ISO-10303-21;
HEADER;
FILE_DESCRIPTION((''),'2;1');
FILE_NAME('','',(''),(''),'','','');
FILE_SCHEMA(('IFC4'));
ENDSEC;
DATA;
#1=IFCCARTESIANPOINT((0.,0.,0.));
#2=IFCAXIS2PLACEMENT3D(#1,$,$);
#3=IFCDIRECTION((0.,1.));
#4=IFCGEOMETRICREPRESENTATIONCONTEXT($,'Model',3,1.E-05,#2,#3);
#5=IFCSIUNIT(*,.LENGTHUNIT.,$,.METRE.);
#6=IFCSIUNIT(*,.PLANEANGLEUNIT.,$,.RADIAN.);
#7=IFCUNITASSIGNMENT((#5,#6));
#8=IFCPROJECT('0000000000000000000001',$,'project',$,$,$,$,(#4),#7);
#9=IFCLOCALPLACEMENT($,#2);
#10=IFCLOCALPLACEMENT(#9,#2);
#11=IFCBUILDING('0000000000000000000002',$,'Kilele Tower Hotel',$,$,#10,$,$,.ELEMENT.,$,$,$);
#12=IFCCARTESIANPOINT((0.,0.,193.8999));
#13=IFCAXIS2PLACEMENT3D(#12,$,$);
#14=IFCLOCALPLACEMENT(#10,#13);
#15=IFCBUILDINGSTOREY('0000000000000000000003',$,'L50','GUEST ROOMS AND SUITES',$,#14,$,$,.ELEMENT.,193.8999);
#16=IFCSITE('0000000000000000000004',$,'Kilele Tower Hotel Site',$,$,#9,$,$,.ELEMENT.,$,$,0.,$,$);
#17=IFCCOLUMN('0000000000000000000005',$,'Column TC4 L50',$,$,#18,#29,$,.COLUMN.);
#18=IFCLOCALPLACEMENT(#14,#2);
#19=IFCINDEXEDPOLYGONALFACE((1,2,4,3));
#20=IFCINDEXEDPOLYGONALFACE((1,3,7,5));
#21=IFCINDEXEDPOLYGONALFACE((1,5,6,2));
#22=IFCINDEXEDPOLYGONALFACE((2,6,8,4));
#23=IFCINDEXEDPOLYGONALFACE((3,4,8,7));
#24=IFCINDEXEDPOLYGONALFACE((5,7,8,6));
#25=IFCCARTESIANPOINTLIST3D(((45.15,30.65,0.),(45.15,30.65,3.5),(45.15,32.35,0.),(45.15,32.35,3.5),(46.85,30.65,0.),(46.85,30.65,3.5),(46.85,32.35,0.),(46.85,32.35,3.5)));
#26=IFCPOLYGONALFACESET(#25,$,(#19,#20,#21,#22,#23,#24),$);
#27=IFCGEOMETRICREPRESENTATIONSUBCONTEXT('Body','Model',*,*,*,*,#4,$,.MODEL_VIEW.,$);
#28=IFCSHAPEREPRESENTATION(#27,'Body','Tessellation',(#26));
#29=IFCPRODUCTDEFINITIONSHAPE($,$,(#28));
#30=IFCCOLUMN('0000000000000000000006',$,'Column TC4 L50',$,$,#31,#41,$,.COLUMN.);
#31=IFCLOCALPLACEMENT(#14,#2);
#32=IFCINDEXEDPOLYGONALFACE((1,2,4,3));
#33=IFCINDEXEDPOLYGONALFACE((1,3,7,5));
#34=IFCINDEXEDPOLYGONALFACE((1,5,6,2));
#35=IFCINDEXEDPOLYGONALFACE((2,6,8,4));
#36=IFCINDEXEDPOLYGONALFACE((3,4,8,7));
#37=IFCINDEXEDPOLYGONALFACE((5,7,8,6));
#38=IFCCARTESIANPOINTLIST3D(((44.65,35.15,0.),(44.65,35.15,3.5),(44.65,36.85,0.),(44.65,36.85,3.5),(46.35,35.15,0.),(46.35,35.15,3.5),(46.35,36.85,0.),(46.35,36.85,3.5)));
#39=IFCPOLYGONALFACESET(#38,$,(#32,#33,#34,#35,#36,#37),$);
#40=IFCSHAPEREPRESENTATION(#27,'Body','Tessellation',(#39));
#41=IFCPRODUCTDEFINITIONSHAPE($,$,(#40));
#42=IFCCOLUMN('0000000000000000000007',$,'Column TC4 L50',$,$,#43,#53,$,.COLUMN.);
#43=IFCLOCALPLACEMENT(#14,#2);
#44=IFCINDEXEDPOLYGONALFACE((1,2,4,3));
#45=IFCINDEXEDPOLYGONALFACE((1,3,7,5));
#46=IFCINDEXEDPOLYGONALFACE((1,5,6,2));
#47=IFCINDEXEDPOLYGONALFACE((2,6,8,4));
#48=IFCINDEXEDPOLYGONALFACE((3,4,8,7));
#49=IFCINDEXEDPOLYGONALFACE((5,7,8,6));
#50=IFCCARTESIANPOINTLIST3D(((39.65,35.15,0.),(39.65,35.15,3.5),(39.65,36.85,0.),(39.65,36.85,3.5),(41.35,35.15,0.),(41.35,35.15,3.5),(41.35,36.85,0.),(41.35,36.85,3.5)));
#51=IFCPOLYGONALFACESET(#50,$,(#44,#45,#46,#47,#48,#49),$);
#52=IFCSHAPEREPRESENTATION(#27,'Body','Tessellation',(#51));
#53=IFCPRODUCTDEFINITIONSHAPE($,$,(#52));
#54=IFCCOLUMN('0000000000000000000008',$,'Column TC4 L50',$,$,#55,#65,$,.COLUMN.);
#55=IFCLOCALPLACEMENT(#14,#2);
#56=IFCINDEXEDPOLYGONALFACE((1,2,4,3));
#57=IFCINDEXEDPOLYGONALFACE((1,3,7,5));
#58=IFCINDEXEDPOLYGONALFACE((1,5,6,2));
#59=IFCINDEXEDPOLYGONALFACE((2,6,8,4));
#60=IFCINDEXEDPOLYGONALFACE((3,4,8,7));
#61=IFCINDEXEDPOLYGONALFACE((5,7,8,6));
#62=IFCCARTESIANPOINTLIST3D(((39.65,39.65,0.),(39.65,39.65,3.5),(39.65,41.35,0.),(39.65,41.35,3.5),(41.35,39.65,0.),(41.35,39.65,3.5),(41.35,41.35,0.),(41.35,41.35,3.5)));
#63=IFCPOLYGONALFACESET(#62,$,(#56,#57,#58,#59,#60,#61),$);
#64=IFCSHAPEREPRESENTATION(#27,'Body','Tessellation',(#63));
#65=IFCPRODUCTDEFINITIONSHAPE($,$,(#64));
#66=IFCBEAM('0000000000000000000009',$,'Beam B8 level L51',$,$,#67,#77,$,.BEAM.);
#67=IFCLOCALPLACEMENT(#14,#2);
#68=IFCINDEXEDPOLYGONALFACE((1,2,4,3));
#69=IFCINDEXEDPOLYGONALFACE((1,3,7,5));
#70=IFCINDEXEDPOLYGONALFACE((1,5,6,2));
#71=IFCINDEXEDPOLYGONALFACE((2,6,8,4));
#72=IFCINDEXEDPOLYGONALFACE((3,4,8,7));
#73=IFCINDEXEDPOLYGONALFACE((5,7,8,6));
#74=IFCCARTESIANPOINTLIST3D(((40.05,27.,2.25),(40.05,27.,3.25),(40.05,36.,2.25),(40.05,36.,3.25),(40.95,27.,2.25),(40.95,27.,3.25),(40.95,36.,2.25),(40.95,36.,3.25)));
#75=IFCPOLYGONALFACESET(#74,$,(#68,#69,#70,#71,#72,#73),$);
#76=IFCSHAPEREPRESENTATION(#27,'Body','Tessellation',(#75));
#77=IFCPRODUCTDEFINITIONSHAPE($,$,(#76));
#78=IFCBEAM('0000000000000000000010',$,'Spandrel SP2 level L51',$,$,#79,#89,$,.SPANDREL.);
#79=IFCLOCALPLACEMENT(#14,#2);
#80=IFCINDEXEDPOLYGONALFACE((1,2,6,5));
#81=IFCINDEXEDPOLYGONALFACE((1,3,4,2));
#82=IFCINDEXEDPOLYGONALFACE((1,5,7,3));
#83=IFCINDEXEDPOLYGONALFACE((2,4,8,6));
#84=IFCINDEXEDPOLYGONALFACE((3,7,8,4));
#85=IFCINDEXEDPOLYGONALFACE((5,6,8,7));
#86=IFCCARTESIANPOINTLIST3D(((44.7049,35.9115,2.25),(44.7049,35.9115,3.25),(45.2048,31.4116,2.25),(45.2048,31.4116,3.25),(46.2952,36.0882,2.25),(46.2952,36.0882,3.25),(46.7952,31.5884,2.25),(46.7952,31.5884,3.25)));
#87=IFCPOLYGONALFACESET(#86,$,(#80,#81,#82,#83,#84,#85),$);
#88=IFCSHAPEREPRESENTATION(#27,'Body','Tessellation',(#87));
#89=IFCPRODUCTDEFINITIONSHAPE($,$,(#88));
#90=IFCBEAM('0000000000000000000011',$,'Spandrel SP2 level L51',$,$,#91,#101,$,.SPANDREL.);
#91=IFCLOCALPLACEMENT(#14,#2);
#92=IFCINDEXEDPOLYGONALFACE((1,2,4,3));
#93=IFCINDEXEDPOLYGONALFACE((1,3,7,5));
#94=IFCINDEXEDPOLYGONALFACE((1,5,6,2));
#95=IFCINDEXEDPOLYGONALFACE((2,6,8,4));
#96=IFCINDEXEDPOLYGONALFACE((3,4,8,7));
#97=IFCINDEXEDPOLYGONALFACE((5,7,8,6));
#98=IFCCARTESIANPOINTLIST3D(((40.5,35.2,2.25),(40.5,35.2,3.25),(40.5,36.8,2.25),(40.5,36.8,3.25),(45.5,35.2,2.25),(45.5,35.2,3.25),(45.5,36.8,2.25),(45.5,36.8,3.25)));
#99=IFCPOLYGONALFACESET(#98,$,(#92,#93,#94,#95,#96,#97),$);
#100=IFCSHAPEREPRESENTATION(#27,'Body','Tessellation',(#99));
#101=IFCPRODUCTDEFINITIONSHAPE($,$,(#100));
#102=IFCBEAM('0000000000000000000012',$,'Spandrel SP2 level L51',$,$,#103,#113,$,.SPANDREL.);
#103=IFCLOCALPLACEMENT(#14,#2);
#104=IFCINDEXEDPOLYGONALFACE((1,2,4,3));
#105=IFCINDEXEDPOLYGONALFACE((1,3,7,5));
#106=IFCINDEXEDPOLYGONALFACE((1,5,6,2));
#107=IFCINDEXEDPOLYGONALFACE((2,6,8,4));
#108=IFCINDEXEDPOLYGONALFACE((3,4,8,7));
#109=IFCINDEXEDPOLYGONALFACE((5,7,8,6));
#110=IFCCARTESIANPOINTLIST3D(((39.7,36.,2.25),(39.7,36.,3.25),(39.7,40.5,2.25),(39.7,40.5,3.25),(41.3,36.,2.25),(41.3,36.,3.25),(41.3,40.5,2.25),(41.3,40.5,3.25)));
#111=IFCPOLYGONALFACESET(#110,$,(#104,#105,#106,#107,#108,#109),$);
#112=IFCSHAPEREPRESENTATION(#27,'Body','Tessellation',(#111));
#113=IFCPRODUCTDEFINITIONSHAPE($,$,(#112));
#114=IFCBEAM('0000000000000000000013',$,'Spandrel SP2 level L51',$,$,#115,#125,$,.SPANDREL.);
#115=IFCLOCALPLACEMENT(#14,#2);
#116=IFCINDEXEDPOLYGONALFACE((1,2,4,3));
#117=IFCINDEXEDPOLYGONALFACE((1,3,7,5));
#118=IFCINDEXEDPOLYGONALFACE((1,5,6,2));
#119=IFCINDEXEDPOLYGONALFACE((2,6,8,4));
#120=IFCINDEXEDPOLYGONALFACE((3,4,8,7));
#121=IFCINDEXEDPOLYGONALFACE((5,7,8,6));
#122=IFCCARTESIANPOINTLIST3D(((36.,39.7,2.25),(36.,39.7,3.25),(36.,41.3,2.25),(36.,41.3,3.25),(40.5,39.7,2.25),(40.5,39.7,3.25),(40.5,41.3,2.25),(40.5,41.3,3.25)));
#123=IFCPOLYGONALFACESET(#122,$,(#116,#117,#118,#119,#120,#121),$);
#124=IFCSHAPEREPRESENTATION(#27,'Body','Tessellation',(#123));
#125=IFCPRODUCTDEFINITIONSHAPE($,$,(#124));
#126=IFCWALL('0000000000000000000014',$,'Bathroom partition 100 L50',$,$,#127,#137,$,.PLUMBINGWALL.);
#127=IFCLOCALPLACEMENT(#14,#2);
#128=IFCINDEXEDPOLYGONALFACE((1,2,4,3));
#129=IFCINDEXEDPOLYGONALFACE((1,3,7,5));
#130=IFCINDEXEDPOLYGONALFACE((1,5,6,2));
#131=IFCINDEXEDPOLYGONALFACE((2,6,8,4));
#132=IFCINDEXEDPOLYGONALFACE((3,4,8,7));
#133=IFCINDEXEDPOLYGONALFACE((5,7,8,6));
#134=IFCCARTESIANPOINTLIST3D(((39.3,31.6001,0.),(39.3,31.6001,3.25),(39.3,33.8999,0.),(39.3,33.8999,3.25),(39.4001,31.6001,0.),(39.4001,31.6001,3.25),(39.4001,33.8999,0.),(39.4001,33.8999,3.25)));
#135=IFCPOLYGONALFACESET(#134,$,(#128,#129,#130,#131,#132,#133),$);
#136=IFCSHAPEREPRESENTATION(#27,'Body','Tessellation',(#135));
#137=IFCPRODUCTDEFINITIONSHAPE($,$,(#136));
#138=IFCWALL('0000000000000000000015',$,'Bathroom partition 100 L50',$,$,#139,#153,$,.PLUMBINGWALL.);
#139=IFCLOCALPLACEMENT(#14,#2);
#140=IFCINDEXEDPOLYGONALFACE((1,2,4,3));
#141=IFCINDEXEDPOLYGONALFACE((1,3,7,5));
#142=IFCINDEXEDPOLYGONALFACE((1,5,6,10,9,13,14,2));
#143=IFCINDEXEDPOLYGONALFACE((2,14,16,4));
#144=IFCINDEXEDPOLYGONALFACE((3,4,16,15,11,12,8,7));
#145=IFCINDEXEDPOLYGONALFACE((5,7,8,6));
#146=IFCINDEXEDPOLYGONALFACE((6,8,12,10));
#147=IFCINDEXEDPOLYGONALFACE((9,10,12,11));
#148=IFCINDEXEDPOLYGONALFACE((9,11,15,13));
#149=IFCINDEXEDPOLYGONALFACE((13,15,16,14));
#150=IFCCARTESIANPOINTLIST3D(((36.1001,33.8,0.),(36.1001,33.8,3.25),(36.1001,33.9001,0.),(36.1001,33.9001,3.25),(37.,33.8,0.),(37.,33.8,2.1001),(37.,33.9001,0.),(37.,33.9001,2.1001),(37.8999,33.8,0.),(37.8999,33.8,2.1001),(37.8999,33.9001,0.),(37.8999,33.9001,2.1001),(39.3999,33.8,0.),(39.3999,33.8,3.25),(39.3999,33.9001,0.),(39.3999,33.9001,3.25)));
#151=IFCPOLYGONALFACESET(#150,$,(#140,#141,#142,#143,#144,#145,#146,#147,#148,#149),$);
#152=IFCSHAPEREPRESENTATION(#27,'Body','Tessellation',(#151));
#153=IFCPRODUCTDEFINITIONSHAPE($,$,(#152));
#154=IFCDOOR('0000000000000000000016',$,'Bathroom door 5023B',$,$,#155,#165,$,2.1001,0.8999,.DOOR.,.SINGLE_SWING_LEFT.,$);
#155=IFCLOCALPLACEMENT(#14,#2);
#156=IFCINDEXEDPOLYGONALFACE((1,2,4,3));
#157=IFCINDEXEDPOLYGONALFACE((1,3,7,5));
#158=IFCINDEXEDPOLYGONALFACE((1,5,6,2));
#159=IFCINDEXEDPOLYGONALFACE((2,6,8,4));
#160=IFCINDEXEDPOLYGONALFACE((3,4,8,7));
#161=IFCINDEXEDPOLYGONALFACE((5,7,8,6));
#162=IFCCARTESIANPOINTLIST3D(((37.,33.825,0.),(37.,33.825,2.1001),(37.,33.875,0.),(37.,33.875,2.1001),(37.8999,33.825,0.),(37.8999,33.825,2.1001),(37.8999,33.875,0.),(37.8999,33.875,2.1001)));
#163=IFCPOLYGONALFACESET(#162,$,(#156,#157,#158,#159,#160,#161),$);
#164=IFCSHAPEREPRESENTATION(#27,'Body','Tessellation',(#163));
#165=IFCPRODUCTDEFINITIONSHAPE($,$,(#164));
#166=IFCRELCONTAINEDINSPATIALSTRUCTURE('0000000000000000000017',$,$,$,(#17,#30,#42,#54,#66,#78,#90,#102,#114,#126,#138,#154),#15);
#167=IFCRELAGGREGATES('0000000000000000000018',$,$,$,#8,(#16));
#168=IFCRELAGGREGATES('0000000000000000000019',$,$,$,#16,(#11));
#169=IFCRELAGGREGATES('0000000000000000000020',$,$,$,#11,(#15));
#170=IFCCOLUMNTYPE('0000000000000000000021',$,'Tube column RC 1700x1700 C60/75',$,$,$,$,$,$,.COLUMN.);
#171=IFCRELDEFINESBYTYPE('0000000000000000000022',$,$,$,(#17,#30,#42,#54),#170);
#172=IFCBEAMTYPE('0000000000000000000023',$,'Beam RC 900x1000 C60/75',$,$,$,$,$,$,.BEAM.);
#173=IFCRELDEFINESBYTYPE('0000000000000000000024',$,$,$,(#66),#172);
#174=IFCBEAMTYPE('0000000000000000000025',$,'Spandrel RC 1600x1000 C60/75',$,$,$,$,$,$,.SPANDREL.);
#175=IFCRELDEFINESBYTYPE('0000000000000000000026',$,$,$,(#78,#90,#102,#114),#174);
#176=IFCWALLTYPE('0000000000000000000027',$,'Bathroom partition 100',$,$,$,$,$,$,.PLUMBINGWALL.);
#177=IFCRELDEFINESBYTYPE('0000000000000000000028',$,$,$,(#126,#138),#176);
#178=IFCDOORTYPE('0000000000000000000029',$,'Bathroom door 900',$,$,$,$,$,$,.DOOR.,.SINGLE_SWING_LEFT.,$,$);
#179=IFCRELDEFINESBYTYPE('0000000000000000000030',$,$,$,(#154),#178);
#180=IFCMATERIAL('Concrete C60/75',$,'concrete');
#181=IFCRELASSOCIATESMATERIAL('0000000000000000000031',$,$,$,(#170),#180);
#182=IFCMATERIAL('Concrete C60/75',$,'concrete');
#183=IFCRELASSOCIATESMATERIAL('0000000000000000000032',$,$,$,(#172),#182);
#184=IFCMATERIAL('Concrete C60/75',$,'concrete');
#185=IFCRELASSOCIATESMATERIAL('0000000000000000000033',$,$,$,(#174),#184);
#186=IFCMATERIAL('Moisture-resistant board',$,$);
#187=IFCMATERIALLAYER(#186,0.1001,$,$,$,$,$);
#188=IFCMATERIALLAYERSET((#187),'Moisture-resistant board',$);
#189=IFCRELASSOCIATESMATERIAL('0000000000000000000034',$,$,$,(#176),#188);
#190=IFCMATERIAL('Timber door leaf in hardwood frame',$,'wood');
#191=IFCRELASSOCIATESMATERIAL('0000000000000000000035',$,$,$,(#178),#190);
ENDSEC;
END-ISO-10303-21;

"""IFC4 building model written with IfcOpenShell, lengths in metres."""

from ifc_helpers import new_model, si_unit, direction, frame, frame_2d, origin, origin_2d, place, context, subcontext, project, spatial, rectangle, extrude, material, layer, layer_set, material_profile, profile_set, type_object, element, fill, save


model = new_model("IFC4")

# Units and contexts
model_context = context("Model", 3, precision=1e-05, world=origin(), true_north=direction((0.0, 1.0)))
body_context = subcontext(model_context, "Body", "Model", "MODEL_VIEW")
ifc_project = project(units=[si_unit("LENGTHUNIT", "METRE"), si_unit("PLANEANGLEUNIT", "RADIAN")], contexts=[model_context])

# Site, building, storey
site_placement = place(None, origin())
site = spatial("IfcSite", under=ifc_project, at=site_placement, Name="Kilele Tower Hotel Site", CompositionType="ELEMENT", RefElevation=0.0)
building_placement = place(site_placement, origin())
building = spatial("IfcBuilding", under=site, at=building_placement, Name="Kilele Tower Hotel", CompositionType="ELEMENT")
storey_placement = place(building_placement, frame((0.0, 0.0, 193.8999)))
storey = spatial("IfcBuildingStorey", under=building, at=storey_placement, Name="L50", Description="GUEST ROOMS AND SUITES", CompositionType="ELEMENT", Elevation=193.8999)

# Columns
ifc_material_1 = material(Name="Concrete C60/75", Category="concrete")
ifc_material_profile_1 = material_profile(ifc_material_1, rectangle(XDim=1.7, YDim=1.7, at=origin_2d()))
ifc_profile_set_1 = profile_set([ifc_material_profile_1], Name="Concrete C60/75")
column_type = type_object("IfcColumnType", Name="Tube column RC 1700x1700 C60/75", PredefinedType="COLUMN", material=ifc_profile_set_1)
for number, where, z_axis, x_axis, name in (
    (1, (46.0, 31.5, 0.0), (0.0, 0.0, 1.0), (1.0, 0.0, 0.0), "Column TC4 L50"),
    (2, (45.5, 36.0, 0.0), (0.0, 0.0, 1.0), (1.0, 0.0, 0.0), "Column TC4 L50"),
    (3, (40.5, 36.0, 0.0), (0.0, 0.0, 1.0), (1.0, 0.0, 0.0), "Column TC4 L50"),
    (4, (40.5, 40.5, 0.0), (0.0, 0.0, 1.0), (1.0, 0.0, 0.0), "Column TC4 L50"),
):
    element("IfcColumn", number, at=place(storey_placement, frame(where, z_axis=z_axis, x_axis=x_axis)), inside=storey, type_object=column_type, Name=name, PredefinedType="COLUMN", context=body_context, shape_type="SweptSolid", body=[
        extrude(rectangle(XDim=1.7, YDim=1.7, at=origin_2d()), origin(), (0.0, 0.0, 1.0), 3.5),
    ])

# Beams
ifc_material_2 = material(Name="Concrete C60/75", Category="concrete")
ifc_material_profile_2 = material_profile(ifc_material_2, rectangle(XDim=0.8999, YDim=1.0, at=origin_2d()))
ifc_profile_set_2 = profile_set([ifc_material_profile_2], Name="Concrete C60/75")
beam_type_1 = type_object("IfcBeamType", Name="Beam RC 900x1000 C60/75", PredefinedType="BEAM", material=ifc_profile_set_2)
beam_1_placement = place(storey_placement, frame((40.5, 36.0, 2.75), z_axis=(0.0, -1.0, 0.0), x_axis=(1.0, 0.0, 0.0)))
element("IfcBeam", 5, at=beam_1_placement, inside=storey, type_object=beam_type_1, Name="Beam B8 level L51", PredefinedType="BEAM", context=body_context, shape_type="SweptSolid", body=[
    extrude(rectangle(XDim=0.8999, YDim=1.0, at=origin_2d()), origin(), (0.0, 0.0, 1.0), 9.0),
])
ifc_material_3 = material(Name="Concrete C60/75", Category="concrete")
ifc_material_profile_3 = material_profile(ifc_material_3, rectangle(XDim=1.6001, YDim=1.0, at=origin_2d()))
ifc_profile_set_3 = profile_set([ifc_material_profile_3], Name="Concrete C60/75")
beam_type_2 = type_object("IfcBeamType", Name="Spandrel RC 1600x1000 C60/75", PredefinedType="SPANDREL", material=ifc_profile_set_3)
beam_2_placement = place(storey_placement, frame((46.0, 31.5, 2.75), z_axis=(-0.110432, 0.993884, 0.0), x_axis=(-0.993884, -0.110432, 0.0)))
element("IfcBeam", 6, at=beam_2_placement, inside=storey, type_object=beam_type_2, Name="Spandrel SP2 level L51", PredefinedType="SPANDREL", context=body_context, shape_type="SweptSolid", body=[
    extrude(rectangle(XDim=1.6001, YDim=1.0, at=origin_2d()), origin(), (0.0, 0.0, 1.0), 4.5276),
])
beam_3_placement = place(storey_placement, frame((45.5, 36.0, 2.75), z_axis=(-1.0, 0.0, 0.0), x_axis=(0.0, -1.0, 0.0)))
element("IfcBeam", 7, at=beam_3_placement, inside=storey, type_object=beam_type_2, Name="Spandrel SP2 level L51", PredefinedType="SPANDREL", context=body_context, shape_type="SweptSolid", body=[
    extrude(rectangle(XDim=1.6001, YDim=1.0, at=origin_2d()), origin(), (0.0, 0.0, 1.0), 5.0),
])
for number, where, z_axis, x_axis, name in (
    (8, (40.5, 36.0, 2.75), (0.0, 1.0, 0.0), (-1.0, 0.0, 0.0), "Spandrel SP2 level L51"),
    (9, (40.5, 40.5, 2.75), (-1.0, 0.0, 0.0), (0.0, -1.0, 0.0), "Spandrel SP2 level L51"),
):
    element("IfcBeam", number, at=place(storey_placement, frame(where, z_axis=z_axis, x_axis=x_axis)), inside=storey, type_object=beam_type_2, Name=name, PredefinedType="SPANDREL", context=body_context, shape_type="SweptSolid", body=[
        extrude(rectangle(XDim=1.6001, YDim=1.0, at=origin_2d()), origin(), (0.0, 0.0, 1.0), 4.5),
    ])

# Wall
ifc_material_4 = material(Name="Moisture-resistant board")
ifc_layer_1 = layer(ifc_material_4, 0.1001)
ifc_layer_set_1 = layer_set([ifc_layer_1], Name="Moisture-resistant board")
wall_type_1 = type_object("IfcWallType", Name="Bathroom partition 100", PredefinedType="PLUMBINGWALL", material=ifc_layer_set_1)
wall_1_placement = place(storey_placement, frame((39.3501, 31.6001, 0.0), z_axis=(0.0, 0.0, 1.0), x_axis=(0.0, 1.0, 0.0)))
element("IfcWall", 10, at=wall_1_placement, inside=storey, type_object=wall_type_1, Name="Bathroom partition 100 L50", PredefinedType="PLUMBINGWALL", context=body_context, shape_type="SweptSolid", body=[
    extrude(rectangle(XDim=2.2998, YDim=0.1001, at=frame_2d((1.1499, 0.0))), origin(), (0.0, 0.0, 1.0), 3.25),
])

# Wall, opening, door
wall_2_placement = place(storey_placement, frame((36.1001, 33.8501, 0.0), z_axis=(0.0, 0.0, 1.0), x_axis=(1.0, 0.0, 0.0)))
wall_2 = element("IfcWall", 11, at=wall_2_placement, inside=storey, type_object=wall_type_1, Name="Bathroom partition 100 L50", PredefinedType="PLUMBINGWALL", context=body_context, shape_type="SweptSolid", body=[
    extrude(rectangle(XDim=3.2998, YDim=0.1001, at=frame_2d((1.6499, 0.0))), origin(), (0.0, 0.0, 1.0), 3.25),
])
opening_1_placement = place(wall_2_placement, frame((0.8999, 0.0, 0.0)))
opening_1 = element("IfcOpeningElement", 12, at=opening_1_placement, cuts=wall_2, PredefinedType="OPENING", context=body_context, shape_type="SweptSolid", body=[
    extrude(rectangle(XDim=0.8999, YDim=2.1001, at=frame_2d((0.45, 1.05))), frame((0.0, 0.0601, 0.0), z_axis=(0.0, -1.0, 0.0), x_axis=(1.0, 0.0, 0.0)), (0.0, 0.0, 1.0), 0.1201),
])
ifc_material_5 = material(Name="Timber door leaf in hardwood frame", Category="wood")
door_type_1 = type_object("IfcDoorType", Name="Bathroom door 900", OperationType="SINGLE_SWING_LEFT", PredefinedType="DOOR", material=ifc_material_5)
door_1_placement = place(opening_1_placement, origin())
door_1 = element("IfcDoor", 13, at=door_1_placement, inside=storey, type_object=door_type_1, Name="Bathroom door 5023B", OperationType="SINGLE_SWING_LEFT", OverallHeight=2.1001, OverallWidth=0.8999, PredefinedType="DOOR", context=body_context, shape_type="SweptSolid", body=[
    extrude(rectangle(XDim=0.8999, YDim=2.1001, at=frame_2d((0.45, 1.05))), frame((0.0, 0.0249, 0.0), z_axis=(0.0, -1.0, 0.0), x_axis=(1.0, 0.0, 0.0)), (0.0, 0.0, 1.0), 0.05),
])
fill(opening_1, door_1)

save(model, "model.ifc")
